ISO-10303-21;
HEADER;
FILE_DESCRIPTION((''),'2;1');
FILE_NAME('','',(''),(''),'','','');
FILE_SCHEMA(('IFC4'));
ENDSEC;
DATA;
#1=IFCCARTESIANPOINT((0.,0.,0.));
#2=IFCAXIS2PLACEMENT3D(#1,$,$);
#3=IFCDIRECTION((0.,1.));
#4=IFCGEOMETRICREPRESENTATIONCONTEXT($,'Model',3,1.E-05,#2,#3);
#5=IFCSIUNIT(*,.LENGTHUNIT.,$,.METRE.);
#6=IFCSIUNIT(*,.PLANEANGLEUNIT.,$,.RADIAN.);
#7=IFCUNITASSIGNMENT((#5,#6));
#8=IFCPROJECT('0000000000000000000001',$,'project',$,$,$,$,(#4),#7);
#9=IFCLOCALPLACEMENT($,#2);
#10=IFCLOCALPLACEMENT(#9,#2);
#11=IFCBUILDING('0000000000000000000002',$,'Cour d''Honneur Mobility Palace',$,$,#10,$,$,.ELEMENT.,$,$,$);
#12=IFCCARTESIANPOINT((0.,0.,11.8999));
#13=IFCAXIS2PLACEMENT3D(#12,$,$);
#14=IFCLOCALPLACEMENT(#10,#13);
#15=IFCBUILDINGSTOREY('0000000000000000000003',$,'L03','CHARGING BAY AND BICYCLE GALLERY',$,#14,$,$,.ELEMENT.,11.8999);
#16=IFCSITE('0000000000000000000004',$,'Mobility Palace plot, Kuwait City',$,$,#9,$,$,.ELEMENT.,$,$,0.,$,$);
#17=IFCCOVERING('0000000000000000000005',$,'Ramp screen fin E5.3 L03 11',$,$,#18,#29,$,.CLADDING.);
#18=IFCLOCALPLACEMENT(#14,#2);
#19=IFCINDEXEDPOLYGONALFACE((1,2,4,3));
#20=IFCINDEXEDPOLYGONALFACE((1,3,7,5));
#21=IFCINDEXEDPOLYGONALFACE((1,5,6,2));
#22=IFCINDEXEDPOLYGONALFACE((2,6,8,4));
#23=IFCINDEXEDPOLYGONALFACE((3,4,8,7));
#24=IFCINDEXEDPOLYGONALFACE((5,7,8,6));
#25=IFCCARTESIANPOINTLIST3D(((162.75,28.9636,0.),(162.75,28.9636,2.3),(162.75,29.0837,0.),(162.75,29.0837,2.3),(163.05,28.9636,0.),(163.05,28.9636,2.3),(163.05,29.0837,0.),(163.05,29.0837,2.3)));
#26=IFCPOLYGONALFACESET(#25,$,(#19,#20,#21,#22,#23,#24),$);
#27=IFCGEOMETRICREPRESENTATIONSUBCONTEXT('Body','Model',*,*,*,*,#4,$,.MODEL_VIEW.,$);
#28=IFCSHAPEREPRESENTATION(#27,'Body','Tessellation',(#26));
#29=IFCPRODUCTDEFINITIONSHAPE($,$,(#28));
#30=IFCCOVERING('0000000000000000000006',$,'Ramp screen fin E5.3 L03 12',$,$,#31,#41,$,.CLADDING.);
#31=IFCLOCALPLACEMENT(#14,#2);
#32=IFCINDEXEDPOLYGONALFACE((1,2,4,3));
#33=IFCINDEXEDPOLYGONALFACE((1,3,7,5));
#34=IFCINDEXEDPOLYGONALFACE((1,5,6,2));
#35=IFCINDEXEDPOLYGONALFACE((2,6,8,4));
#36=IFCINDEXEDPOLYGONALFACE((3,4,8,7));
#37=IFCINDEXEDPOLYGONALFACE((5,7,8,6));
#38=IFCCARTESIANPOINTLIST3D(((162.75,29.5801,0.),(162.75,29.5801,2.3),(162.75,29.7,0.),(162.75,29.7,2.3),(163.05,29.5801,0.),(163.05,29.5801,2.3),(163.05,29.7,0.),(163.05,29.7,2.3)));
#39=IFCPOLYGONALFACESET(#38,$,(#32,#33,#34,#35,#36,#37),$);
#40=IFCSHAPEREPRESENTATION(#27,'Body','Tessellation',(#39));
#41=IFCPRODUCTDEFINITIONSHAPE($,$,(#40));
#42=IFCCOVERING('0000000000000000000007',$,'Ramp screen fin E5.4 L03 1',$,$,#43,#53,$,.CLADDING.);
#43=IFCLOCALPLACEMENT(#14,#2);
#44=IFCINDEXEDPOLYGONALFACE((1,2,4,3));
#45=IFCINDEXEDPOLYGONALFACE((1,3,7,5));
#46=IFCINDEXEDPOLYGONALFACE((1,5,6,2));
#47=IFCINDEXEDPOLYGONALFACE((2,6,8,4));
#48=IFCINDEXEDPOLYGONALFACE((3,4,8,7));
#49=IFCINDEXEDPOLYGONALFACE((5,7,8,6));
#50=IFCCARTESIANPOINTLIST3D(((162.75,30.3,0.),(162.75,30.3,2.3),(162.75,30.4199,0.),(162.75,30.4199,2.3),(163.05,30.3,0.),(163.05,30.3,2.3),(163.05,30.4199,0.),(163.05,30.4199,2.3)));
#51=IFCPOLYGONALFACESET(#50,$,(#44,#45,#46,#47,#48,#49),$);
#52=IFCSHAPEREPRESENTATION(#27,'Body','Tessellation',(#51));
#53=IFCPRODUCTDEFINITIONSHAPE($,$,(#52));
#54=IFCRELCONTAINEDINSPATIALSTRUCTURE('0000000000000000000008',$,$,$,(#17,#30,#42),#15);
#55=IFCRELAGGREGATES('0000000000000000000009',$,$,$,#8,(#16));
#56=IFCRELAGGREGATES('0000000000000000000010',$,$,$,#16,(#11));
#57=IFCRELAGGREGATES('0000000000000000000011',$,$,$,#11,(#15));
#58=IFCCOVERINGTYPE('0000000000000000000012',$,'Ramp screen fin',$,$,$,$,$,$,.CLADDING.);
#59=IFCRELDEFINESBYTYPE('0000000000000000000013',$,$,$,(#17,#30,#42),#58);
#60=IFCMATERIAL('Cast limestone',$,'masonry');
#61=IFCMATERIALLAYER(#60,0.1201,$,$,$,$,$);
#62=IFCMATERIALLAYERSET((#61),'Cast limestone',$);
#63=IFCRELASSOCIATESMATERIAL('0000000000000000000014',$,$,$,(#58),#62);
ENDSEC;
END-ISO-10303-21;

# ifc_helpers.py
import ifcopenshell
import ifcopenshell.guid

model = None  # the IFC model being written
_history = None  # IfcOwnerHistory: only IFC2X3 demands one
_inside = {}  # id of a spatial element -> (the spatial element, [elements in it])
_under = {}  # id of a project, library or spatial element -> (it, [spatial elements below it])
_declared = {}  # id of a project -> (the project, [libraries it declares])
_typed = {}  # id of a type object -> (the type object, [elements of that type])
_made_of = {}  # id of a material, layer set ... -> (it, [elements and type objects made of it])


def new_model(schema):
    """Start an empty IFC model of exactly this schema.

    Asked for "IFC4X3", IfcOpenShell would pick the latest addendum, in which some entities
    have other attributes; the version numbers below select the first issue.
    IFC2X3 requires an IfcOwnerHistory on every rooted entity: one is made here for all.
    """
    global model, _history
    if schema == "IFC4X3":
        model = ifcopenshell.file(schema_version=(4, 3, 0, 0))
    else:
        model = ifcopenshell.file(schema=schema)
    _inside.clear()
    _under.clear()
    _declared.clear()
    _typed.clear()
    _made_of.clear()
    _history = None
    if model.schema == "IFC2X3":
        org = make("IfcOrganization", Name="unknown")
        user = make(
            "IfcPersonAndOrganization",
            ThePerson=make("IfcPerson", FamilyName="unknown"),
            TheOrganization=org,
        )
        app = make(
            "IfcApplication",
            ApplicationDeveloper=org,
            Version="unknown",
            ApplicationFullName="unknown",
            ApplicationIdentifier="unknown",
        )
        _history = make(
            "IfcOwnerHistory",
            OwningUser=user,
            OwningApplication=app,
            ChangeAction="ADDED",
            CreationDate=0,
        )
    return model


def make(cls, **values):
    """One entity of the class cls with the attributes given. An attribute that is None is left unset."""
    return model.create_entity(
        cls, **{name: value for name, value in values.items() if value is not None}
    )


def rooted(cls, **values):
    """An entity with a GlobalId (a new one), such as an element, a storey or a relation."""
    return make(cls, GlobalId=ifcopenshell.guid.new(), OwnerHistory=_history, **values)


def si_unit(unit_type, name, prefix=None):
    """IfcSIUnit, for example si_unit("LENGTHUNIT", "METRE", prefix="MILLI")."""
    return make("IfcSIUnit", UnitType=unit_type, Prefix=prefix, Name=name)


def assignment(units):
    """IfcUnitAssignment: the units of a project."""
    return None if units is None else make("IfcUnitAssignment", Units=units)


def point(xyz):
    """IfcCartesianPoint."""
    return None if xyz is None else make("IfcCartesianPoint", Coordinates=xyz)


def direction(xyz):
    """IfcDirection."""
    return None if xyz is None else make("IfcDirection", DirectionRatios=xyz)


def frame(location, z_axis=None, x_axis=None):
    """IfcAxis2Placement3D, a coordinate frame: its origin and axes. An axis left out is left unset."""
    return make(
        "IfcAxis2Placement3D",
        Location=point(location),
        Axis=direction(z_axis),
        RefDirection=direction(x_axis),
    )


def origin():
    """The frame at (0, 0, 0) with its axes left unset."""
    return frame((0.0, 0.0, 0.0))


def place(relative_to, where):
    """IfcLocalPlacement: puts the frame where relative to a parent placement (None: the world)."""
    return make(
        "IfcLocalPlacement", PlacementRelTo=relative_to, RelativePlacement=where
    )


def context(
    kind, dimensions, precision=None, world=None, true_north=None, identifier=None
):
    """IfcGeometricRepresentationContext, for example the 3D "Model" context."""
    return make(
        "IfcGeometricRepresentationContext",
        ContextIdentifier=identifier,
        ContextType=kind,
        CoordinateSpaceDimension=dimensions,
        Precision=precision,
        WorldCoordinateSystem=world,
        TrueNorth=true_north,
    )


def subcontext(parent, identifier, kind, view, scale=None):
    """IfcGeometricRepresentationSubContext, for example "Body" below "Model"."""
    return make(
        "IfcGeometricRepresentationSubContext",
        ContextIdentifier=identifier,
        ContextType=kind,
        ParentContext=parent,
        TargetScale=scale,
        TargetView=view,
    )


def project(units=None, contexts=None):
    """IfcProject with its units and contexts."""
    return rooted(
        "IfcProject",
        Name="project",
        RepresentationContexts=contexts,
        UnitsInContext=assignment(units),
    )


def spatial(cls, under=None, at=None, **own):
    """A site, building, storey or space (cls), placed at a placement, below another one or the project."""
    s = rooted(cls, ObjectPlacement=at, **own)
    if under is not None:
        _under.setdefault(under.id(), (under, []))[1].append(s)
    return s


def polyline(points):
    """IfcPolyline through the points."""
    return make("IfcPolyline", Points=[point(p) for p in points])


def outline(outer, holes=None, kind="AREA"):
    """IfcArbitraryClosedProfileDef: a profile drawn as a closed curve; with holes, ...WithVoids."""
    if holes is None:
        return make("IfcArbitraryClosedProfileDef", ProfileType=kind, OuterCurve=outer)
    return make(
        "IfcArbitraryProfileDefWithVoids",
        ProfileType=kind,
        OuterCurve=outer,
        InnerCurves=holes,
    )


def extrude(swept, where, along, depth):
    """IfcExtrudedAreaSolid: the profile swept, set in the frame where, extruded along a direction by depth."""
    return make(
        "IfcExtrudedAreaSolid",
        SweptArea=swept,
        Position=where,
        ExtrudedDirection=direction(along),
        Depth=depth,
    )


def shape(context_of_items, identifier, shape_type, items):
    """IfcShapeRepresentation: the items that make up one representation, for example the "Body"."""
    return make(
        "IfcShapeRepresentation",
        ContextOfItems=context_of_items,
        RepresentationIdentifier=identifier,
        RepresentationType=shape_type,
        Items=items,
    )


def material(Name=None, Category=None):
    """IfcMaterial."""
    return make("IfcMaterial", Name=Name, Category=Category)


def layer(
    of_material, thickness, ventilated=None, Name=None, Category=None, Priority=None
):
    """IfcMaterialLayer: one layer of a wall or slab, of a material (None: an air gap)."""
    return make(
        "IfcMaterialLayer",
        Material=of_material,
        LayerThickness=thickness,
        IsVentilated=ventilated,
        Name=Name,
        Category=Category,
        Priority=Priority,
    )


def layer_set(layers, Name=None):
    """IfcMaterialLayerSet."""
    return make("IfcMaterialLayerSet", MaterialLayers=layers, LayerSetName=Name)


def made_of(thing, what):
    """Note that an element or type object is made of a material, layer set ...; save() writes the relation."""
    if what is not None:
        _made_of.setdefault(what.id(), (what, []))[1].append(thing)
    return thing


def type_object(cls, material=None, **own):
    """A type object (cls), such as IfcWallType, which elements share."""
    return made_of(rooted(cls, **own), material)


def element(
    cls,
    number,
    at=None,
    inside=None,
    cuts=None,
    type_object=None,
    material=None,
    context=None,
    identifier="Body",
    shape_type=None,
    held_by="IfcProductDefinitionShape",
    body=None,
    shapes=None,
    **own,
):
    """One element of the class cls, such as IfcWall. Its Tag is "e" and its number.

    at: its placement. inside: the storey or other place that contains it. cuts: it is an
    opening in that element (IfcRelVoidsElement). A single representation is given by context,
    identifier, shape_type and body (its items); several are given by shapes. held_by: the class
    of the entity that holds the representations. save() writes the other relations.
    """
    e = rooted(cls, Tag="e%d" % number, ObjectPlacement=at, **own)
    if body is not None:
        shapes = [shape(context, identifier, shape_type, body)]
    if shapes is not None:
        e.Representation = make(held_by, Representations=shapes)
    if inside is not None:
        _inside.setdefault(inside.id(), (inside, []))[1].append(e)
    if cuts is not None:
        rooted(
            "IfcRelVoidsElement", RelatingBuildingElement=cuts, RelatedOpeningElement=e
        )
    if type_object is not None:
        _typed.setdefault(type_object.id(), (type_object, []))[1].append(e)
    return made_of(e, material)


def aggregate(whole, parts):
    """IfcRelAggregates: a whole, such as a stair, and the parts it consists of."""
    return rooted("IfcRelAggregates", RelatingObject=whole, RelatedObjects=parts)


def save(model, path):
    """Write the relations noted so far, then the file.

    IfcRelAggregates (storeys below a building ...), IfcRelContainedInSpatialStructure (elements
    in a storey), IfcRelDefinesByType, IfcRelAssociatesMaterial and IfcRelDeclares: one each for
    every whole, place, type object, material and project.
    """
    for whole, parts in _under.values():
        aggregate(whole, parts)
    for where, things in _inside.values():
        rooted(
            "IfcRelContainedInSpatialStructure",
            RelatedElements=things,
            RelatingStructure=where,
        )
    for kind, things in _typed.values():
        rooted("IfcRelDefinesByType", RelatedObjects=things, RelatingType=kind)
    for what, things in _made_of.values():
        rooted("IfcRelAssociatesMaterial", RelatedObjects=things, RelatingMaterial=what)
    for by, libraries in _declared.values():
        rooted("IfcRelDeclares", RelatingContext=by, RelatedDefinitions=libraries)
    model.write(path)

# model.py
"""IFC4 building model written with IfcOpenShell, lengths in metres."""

from ifc_helpers import new_model, si_unit, direction, frame, origin, place, context, subcontext, project, spatial, polyline, outline, extrude, material, layer, layer_set, type_object, element, save


model = new_model("IFC4")

# Units and contexts
model_context = context("Model", 3, precision=1e-05, world=origin(), true_north=direction((0.0, 1.0)))
body_context = subcontext(model_context, "Body", "Model", "MODEL_VIEW")
ifc_project = project(units=[si_unit("LENGTHUNIT", "METRE"), si_unit("PLANEANGLEUNIT", "RADIAN")], contexts=[model_context])

# Site, building, storey
site_placement = place(None, origin())
site = spatial("IfcSite", under=ifc_project, at=site_placement, Name="Mobility Palace plot, Kuwait City", CompositionType="ELEMENT", RefElevation=0.0)
building_placement = place(site_placement, origin())
building = spatial("IfcBuilding", under=site, at=building_placement, Name="Cour d'Honneur Mobility Palace", CompositionType="ELEMENT")
storey_placement = place(building_placement, frame((0.0, 0.0, 11.8999)))
storey = spatial("IfcBuildingStorey", under=building, at=storey_placement, Name="L03", Description="CHARGING BAY AND BICYCLE GALLERY", CompositionType="ELEMENT", Elevation=11.8999)

# Coverings
ifc_material = material(Name="Cast limestone", Category="masonry")
ifc_layer = layer(ifc_material, 0.1201)
ifc_layer_set = layer_set([ifc_layer], Name="Cast limestone")
covering_type = type_object("IfcCoveringType", Name="Ramp screen fin", PredefinedType="CLADDING", material=ifc_layer_set)
covering_1_placement = place(storey_placement, origin())
element("IfcCovering", 1, at=covering_1_placement, inside=storey, type_object=covering_type, Name="Ramp screen fin E5.3 L03 11", PredefinedType="CLADDING", context=body_context, shape_type="SweptSolid", body=[
    extrude(outline(polyline([(162.75, 28.9636), (162.75, 29.0837), (163.05, 29.0837), (163.05, 28.9636), (162.75, 28.9636)])), origin(), (0.0, 0.0, 1.0), 2.3),
])
covering_2_placement = place(storey_placement, origin())
element("IfcCovering", 2, at=covering_2_placement, inside=storey, type_object=covering_type, Name="Ramp screen fin E5.3 L03 12", PredefinedType="CLADDING", context=body_context, shape_type="SweptSolid", body=[
    extrude(outline(polyline([(162.75, 29.5801), (162.75, 29.7), (163.05, 29.7), (163.05, 29.5801), (162.75, 29.5801)])), origin(), (0.0, 0.0, 1.0), 2.3),
])
covering_3_placement = place(storey_placement, origin())
element("IfcCovering", 3, at=covering_3_placement, inside=storey, type_object=covering_type, Name="Ramp screen fin E5.4 L03 1", PredefinedType="CLADDING", context=body_context, shape_type="SweptSolid", body=[
    extrude(outline(polyline([(162.75, 30.3), (162.75, 30.4199), (163.05, 30.4199), (163.05, 30.3), (162.75, 30.3)])), origin(), (0.0, 0.0, 1.0), 2.3),
])

save(model, "model.ifc")
